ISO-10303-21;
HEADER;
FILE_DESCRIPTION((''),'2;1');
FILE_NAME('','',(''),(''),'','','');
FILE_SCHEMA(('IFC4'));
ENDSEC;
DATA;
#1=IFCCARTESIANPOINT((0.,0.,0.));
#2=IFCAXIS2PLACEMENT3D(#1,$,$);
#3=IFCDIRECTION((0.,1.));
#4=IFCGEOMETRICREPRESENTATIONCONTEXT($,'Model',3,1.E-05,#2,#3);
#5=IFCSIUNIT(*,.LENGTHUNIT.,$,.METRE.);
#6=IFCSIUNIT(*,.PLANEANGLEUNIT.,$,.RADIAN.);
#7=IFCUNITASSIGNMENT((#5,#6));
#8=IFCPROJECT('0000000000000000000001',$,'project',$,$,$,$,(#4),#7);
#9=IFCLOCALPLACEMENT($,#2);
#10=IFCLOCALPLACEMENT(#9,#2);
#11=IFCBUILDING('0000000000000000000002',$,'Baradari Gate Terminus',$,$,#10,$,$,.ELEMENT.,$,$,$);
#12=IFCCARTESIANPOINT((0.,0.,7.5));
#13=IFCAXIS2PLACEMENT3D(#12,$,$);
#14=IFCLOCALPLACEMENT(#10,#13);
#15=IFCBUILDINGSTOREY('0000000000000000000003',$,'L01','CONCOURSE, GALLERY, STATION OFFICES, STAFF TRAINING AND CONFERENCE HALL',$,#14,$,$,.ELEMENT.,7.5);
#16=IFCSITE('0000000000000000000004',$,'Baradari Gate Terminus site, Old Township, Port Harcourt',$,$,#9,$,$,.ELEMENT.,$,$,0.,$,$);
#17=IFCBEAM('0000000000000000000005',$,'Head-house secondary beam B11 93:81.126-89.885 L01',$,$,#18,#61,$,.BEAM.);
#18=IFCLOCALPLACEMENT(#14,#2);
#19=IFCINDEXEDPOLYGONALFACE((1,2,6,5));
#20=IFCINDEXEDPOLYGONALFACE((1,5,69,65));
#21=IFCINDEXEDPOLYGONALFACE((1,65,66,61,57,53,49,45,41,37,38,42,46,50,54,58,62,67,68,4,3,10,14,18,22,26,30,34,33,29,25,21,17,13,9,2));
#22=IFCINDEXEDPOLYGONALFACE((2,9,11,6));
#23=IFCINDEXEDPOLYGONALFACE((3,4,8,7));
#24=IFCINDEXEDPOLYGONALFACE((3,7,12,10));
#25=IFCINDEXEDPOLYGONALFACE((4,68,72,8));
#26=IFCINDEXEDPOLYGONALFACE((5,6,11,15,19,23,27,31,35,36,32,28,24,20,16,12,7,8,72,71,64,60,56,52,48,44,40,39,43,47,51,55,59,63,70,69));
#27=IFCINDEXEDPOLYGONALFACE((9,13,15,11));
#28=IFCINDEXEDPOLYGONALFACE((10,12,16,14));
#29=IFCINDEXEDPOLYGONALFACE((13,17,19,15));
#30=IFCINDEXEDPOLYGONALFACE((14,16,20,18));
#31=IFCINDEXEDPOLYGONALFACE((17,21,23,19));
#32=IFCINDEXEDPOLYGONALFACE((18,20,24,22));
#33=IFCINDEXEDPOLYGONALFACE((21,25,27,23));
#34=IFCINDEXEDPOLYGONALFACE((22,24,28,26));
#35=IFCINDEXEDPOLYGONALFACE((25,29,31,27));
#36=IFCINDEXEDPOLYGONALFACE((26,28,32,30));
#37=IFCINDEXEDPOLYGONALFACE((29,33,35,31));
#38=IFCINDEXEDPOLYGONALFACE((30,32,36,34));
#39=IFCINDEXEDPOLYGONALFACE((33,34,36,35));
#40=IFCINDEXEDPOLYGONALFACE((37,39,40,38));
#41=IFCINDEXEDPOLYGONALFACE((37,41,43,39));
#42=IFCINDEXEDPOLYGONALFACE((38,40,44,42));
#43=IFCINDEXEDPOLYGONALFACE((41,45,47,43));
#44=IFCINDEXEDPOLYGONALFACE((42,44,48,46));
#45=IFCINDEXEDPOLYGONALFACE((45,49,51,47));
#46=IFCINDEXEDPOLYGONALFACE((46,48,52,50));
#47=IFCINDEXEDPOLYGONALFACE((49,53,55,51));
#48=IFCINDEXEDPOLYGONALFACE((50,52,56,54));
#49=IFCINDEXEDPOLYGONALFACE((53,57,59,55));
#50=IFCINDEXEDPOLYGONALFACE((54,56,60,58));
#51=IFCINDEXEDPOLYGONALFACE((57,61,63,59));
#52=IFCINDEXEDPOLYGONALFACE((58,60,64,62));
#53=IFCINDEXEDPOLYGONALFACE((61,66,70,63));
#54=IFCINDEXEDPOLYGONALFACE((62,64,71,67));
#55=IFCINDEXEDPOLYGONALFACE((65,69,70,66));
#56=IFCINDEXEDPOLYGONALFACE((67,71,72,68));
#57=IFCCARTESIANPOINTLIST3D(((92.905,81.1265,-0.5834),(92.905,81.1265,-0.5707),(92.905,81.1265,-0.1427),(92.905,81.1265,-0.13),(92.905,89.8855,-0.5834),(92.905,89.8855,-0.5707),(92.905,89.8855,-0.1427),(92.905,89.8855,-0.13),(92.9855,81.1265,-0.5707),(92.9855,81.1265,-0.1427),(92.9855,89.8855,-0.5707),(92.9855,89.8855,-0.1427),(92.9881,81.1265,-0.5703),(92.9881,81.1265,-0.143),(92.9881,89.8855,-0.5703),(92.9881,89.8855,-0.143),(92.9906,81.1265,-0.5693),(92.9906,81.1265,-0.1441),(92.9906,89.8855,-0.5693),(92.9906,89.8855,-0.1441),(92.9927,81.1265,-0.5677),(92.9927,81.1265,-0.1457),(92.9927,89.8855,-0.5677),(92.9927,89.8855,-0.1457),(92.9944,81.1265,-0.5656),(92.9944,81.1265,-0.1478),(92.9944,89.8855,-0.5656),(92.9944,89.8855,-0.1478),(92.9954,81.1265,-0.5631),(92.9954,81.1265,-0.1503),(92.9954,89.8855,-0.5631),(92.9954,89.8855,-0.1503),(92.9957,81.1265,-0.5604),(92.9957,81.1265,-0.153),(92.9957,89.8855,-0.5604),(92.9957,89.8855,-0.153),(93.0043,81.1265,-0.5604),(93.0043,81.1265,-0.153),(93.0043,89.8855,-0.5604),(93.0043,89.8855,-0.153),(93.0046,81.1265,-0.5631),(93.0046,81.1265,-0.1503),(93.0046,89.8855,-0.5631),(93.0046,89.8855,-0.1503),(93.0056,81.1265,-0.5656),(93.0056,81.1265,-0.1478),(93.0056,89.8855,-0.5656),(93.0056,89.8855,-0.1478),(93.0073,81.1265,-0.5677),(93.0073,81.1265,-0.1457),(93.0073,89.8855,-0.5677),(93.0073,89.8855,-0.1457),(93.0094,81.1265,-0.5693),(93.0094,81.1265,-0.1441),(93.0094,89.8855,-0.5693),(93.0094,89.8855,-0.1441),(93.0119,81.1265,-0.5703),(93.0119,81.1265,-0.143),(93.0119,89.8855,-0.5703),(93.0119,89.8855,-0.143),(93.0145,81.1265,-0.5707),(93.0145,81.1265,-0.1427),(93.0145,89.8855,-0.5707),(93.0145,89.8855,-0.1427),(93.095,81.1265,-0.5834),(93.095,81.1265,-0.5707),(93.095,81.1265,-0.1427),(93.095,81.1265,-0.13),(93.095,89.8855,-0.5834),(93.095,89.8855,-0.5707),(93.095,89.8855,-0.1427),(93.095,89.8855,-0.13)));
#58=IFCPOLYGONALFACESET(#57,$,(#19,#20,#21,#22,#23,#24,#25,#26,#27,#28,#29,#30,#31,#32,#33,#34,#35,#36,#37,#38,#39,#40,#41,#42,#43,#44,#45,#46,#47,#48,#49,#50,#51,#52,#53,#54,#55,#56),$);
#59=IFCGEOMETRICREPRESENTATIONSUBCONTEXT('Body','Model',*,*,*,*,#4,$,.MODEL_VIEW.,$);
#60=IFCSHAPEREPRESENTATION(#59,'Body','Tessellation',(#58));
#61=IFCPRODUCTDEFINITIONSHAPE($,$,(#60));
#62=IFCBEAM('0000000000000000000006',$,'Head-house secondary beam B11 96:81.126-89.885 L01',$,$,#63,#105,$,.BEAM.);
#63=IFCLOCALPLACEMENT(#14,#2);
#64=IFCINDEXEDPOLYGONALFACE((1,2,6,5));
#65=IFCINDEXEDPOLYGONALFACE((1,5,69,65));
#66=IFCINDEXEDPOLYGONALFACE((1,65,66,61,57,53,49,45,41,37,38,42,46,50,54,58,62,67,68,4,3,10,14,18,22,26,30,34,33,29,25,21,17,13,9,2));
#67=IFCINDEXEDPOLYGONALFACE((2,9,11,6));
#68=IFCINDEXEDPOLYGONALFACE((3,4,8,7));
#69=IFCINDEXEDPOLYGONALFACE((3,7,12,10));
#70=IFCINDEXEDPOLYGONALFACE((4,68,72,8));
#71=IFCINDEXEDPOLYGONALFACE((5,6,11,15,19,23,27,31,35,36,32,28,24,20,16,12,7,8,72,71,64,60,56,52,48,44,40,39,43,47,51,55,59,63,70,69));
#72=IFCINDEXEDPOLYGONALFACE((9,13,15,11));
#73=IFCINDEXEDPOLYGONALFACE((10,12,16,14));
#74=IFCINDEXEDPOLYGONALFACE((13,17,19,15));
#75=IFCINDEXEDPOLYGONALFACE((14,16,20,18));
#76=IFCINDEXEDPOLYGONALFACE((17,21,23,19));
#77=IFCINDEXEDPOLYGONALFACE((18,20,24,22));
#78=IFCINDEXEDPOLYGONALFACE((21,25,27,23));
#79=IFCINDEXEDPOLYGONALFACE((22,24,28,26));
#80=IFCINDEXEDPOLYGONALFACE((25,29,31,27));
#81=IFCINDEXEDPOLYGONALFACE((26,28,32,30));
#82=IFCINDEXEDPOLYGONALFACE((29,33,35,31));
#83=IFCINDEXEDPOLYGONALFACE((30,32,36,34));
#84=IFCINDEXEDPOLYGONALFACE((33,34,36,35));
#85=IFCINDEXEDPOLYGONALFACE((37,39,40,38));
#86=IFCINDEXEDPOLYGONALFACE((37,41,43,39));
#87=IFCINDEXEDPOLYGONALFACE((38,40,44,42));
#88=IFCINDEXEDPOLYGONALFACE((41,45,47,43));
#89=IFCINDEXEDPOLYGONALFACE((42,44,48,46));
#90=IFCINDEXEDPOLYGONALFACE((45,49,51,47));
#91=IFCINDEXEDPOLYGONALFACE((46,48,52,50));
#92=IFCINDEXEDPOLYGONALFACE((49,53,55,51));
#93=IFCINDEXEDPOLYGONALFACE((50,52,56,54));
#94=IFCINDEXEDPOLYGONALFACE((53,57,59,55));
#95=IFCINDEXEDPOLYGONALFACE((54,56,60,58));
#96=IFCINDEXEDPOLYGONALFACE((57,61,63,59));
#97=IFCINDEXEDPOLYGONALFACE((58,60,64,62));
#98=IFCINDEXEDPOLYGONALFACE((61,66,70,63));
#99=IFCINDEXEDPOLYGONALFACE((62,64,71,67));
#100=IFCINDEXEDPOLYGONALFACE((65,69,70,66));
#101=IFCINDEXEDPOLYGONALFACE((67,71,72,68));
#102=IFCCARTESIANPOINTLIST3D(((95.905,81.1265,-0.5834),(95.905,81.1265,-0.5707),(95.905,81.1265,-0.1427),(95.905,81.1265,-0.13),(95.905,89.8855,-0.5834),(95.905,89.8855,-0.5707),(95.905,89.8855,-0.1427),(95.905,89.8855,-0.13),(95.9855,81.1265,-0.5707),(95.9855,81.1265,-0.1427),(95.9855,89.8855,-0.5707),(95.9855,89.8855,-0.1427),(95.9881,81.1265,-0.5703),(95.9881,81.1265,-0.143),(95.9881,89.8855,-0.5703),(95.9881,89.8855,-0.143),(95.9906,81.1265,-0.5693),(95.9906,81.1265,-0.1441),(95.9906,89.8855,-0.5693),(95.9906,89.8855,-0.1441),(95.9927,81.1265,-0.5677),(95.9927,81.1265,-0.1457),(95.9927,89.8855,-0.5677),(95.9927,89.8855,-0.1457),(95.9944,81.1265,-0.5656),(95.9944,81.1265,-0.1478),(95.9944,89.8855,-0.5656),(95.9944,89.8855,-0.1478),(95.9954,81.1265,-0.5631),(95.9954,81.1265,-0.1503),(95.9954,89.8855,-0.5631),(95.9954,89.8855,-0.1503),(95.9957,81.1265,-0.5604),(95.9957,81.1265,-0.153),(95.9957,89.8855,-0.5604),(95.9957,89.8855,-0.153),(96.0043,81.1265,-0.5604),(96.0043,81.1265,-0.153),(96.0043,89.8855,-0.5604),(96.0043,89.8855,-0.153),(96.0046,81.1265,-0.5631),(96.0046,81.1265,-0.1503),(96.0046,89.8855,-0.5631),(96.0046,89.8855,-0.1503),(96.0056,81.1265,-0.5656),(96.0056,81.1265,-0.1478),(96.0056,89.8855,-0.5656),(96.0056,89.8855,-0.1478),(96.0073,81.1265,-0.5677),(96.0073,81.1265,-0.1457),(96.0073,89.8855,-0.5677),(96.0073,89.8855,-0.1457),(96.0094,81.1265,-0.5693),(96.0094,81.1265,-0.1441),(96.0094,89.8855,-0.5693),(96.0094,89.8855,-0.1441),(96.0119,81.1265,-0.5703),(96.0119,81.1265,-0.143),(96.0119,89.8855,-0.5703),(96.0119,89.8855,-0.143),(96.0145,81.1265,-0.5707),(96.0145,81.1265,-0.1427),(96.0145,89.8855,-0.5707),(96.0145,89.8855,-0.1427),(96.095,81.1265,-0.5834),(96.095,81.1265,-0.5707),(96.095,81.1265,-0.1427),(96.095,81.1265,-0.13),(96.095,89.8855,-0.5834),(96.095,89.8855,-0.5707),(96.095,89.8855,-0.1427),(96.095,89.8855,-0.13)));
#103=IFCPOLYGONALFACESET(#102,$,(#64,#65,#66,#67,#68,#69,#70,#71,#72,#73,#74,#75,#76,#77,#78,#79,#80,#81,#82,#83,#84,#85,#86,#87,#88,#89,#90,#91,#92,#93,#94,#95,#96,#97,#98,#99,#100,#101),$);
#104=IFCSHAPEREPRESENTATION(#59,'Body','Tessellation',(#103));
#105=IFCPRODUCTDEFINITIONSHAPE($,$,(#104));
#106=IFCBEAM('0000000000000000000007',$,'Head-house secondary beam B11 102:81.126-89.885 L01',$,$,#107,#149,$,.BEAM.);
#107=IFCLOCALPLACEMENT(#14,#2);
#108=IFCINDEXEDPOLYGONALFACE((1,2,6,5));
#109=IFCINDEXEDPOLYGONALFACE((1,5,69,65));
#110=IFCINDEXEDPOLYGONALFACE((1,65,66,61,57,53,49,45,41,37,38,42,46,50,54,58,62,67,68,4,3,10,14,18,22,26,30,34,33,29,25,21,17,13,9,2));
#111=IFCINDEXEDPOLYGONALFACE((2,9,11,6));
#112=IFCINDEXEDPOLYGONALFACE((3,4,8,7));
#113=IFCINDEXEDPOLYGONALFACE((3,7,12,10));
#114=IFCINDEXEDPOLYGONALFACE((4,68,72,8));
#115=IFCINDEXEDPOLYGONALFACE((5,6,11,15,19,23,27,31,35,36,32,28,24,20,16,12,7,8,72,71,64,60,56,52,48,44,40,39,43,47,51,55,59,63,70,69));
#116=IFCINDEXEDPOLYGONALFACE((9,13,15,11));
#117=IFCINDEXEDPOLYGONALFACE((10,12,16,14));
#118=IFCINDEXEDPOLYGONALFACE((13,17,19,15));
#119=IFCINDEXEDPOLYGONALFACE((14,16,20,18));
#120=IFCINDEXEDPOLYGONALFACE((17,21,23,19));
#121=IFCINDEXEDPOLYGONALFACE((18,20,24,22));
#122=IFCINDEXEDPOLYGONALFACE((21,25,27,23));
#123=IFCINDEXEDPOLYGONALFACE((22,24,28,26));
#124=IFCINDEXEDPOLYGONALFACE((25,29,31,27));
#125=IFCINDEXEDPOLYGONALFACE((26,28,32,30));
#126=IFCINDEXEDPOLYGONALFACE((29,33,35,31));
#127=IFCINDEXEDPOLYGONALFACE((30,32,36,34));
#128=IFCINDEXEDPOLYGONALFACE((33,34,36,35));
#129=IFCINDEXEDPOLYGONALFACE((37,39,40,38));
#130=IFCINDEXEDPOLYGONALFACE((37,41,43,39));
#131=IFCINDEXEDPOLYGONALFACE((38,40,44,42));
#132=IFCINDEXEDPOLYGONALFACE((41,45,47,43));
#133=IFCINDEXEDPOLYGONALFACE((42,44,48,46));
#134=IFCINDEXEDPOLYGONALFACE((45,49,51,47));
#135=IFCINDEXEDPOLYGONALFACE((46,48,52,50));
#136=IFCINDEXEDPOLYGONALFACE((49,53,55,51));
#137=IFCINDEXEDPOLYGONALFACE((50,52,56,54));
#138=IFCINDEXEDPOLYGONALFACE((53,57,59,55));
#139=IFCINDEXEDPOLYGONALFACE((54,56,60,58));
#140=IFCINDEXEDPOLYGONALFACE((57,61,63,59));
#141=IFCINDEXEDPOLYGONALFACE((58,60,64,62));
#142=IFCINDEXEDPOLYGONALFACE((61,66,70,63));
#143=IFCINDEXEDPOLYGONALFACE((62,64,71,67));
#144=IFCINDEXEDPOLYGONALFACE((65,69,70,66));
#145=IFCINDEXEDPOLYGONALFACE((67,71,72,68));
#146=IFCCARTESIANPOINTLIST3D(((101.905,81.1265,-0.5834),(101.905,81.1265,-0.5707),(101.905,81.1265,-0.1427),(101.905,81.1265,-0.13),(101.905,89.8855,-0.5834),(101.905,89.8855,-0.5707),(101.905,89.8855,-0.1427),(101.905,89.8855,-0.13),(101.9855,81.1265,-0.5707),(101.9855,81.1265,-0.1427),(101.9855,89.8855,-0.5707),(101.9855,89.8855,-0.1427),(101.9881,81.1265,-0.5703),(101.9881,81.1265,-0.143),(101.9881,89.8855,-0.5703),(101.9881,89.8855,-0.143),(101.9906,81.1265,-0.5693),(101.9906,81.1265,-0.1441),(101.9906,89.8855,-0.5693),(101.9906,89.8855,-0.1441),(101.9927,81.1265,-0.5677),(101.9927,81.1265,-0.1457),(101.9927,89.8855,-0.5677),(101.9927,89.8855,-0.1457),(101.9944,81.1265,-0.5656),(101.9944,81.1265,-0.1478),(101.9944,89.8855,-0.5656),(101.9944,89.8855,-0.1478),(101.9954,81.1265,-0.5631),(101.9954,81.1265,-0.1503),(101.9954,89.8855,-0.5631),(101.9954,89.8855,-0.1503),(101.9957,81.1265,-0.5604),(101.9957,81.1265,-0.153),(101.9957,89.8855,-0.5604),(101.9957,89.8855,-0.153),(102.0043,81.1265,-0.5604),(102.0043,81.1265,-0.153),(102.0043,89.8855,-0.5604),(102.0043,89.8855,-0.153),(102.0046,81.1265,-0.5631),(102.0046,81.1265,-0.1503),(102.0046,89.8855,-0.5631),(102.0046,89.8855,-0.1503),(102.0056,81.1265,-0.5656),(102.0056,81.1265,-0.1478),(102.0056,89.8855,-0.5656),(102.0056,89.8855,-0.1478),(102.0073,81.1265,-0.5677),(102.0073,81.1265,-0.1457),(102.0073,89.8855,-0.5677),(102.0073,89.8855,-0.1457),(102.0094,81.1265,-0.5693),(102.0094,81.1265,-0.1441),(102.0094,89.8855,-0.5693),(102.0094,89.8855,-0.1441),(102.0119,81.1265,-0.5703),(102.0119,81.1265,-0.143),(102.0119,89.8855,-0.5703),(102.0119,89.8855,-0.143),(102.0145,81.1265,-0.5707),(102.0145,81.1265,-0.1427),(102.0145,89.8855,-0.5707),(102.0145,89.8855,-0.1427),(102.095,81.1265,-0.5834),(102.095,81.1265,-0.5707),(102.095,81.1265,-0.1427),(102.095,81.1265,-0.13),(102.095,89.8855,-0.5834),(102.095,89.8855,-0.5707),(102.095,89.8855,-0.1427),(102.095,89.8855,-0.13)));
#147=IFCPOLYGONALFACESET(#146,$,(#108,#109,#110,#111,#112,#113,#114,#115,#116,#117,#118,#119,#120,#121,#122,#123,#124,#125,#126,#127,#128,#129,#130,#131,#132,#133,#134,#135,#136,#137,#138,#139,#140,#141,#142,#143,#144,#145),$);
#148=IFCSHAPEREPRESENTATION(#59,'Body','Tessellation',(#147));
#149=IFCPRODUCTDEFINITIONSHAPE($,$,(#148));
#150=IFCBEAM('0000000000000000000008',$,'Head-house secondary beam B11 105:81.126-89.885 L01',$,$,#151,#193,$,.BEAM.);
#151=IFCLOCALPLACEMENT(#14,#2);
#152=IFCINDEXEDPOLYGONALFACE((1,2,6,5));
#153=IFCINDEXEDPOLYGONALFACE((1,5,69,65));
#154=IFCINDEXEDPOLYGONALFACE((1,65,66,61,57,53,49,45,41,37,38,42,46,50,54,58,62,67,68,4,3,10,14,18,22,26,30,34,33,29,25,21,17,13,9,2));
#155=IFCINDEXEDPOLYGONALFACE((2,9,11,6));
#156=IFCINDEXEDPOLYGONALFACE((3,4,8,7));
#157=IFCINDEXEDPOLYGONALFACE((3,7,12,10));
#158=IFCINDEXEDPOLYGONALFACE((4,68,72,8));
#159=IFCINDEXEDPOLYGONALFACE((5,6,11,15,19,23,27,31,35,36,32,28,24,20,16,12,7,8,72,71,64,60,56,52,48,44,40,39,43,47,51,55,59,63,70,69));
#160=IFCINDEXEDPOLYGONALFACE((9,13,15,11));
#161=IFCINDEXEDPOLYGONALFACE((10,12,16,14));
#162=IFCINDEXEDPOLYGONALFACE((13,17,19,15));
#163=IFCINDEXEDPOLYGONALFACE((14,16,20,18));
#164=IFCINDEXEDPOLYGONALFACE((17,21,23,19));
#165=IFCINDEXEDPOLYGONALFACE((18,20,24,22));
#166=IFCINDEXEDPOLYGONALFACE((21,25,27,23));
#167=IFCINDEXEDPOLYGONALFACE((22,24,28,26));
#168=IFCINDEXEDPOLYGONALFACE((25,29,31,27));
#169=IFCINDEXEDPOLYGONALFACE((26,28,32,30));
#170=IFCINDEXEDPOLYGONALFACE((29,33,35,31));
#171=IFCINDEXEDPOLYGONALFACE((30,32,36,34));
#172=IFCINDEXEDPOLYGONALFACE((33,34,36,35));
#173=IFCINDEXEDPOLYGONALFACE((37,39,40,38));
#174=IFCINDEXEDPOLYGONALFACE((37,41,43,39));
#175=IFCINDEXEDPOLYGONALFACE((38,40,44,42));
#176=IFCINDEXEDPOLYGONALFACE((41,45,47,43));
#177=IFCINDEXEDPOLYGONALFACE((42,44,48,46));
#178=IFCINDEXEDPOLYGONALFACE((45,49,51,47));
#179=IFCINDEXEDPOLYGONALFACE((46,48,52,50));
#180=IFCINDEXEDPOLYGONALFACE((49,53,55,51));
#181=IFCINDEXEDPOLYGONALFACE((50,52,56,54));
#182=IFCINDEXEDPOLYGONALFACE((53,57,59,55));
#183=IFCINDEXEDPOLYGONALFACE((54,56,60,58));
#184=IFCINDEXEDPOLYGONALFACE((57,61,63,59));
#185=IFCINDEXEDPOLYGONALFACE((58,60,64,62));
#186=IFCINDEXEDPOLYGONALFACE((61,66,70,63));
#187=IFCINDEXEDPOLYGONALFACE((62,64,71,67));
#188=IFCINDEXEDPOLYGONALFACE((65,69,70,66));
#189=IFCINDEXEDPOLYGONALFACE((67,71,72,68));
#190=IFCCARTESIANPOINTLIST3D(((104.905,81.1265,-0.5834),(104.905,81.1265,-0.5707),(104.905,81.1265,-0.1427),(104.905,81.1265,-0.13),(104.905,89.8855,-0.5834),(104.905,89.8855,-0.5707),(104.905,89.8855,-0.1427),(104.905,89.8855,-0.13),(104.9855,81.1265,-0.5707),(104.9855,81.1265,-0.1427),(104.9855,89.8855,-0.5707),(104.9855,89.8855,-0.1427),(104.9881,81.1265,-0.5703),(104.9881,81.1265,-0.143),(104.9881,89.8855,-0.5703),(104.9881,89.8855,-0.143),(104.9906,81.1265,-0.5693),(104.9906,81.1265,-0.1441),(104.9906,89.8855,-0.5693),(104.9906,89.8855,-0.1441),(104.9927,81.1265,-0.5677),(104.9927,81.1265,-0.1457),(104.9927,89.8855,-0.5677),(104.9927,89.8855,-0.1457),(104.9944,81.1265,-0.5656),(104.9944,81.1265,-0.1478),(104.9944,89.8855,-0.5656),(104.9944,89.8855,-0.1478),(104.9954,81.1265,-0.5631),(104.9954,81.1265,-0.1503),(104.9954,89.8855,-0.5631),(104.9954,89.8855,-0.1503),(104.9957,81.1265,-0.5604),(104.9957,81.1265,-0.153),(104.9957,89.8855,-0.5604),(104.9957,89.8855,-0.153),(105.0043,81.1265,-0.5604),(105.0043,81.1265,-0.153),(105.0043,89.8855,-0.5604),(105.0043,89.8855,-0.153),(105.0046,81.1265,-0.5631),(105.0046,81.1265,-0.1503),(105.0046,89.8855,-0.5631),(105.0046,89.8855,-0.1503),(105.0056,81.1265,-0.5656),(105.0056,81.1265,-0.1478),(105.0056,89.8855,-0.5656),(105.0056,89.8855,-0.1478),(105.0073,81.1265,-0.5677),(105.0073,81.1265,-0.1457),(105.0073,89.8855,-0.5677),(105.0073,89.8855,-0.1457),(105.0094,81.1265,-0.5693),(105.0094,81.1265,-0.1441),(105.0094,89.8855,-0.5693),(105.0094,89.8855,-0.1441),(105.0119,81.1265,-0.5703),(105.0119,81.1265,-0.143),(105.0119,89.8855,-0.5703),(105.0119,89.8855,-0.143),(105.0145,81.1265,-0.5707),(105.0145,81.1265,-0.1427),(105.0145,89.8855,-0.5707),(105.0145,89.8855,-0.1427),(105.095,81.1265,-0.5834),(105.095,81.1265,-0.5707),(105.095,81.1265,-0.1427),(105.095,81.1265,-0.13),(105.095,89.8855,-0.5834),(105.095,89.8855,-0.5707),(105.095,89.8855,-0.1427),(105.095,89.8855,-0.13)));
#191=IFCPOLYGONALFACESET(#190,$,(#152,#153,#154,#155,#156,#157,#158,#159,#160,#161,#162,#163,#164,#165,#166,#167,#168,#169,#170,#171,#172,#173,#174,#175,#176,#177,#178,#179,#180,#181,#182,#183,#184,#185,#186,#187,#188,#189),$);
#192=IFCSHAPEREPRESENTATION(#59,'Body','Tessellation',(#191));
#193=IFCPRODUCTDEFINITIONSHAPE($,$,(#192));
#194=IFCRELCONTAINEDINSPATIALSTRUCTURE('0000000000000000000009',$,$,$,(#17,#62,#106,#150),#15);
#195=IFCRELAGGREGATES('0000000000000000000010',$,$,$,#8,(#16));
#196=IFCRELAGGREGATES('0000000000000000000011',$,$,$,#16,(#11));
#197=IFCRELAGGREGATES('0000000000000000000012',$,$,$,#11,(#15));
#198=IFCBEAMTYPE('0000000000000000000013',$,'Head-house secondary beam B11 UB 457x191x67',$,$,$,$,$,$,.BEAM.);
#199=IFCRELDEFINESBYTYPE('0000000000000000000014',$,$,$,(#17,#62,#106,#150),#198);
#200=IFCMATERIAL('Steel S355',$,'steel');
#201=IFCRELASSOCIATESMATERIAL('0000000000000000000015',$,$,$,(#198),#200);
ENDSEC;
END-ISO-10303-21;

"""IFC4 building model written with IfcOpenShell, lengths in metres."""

from ifc_helpers import new_model, si_unit, direction, frame, origin, origin_2d, place, context, subcontext, project, spatial, i_section, extrude, material, material_profile, profile_set, type_object, element, save


model = new_model("IFC4")

# Units and contexts
model_context = context("Model", 3, precision=1e-05, world=origin(), true_north=direction((0.0, 1.0)))
body_context = subcontext(model_context, "Body", "Model", "MODEL_VIEW")
ifc_project = project(units=[si_unit("LENGTHUNIT", "METRE"), si_unit("PLANEANGLEUNIT", "RADIAN")], contexts=[model_context])

# Site, building, storey
site_placement = place(None, origin())
site = spatial("IfcSite", under=ifc_project, at=site_placement, Name="Baradari Gate Terminus site, Old Township, Port Harcourt", CompositionType="ELEMENT", RefElevation=0.0)
building_placement = place(site_placement, origin())
building = spatial("IfcBuilding", under=site, at=building_placement, Name="Baradari Gate Terminus", CompositionType="ELEMENT")
storey_placement = place(building_placement, frame((0.0, 0.0, 7.5)))
storey = spatial("IfcBuildingStorey", under=building, at=storey_placement, Name="L01", Description="CONCOURSE, GALLERY, STATION OFFICES, STAFF TRAINING AND CONFERENCE HALL", CompositionType="ELEMENT", Elevation=7.5)

# Beams
ifc_material_1 = material(Name="Steel S355", Category="steel")
ifc_material_profile_1 = material_profile(ifc_material_1, i_section(OverallWidth=0.1899, OverallDepth=0.4534, WebThickness=0.0085, FlangeThickness=0.0127, FilletRadius=0.0103, at=origin_2d()), Name="UB 457x191x67")
ifc_profile_set_1 = profile_set([ifc_material_profile_1], Name="Steel S355")
beam_type_1 = type_object("IfcBeamType", Name="Head-house secondary beam B11 UB 457x191x67", PredefinedType="BEAM", material=ifc_profile_set_1)
for number, where, z_axis, x_axis, name in (
    (1, (93.0, 81.1265, -0.3567), (0.0, 1.0, 0.0), (-1.0, 0.0, 0.0), "Head-house secondary beam B11 93:81.126-89.885 L01"),
    (2, (96.0, 81.1265, -0.3567), (0.0, 1.0, 0.0), (-1.0, 0.0, 0.0), "Head-house secondary beam B11 96:81.126-89.885 L01"),
    (3, (102.0, 81.1265, -0.3567), (0.0, 1.0, 0.0), (-1.0, 0.0, 0.0), "Head-house secondary beam B11 102:81.126-89.885 L01"),
    (4, (105.0, 81.1265, -0.3567), (0.0, 1.0, 0.0), (-1.0, 0.0, 0.0), "Head-house secondary beam B11 105:81.126-89.885 L01"),
):
    element("IfcBeam", number, at=place(storey_placement, frame(where, z_axis=z_axis, x_axis=x_axis)), inside=storey, type_object=beam_type_1, Name=name, PredefinedType="BEAM", context=body_context, shape_type="SweptSolid", body=[
        extrude(i_section(OverallWidth=0.1899, OverallDepth=0.4534, WebThickness=0.0085, FlangeThickness=0.0127, FilletRadius=0.0103, at=origin_2d()), origin(), (0.0, 0.0, 1.0), 8.759),
    ])

save(model, "model.ifc")
